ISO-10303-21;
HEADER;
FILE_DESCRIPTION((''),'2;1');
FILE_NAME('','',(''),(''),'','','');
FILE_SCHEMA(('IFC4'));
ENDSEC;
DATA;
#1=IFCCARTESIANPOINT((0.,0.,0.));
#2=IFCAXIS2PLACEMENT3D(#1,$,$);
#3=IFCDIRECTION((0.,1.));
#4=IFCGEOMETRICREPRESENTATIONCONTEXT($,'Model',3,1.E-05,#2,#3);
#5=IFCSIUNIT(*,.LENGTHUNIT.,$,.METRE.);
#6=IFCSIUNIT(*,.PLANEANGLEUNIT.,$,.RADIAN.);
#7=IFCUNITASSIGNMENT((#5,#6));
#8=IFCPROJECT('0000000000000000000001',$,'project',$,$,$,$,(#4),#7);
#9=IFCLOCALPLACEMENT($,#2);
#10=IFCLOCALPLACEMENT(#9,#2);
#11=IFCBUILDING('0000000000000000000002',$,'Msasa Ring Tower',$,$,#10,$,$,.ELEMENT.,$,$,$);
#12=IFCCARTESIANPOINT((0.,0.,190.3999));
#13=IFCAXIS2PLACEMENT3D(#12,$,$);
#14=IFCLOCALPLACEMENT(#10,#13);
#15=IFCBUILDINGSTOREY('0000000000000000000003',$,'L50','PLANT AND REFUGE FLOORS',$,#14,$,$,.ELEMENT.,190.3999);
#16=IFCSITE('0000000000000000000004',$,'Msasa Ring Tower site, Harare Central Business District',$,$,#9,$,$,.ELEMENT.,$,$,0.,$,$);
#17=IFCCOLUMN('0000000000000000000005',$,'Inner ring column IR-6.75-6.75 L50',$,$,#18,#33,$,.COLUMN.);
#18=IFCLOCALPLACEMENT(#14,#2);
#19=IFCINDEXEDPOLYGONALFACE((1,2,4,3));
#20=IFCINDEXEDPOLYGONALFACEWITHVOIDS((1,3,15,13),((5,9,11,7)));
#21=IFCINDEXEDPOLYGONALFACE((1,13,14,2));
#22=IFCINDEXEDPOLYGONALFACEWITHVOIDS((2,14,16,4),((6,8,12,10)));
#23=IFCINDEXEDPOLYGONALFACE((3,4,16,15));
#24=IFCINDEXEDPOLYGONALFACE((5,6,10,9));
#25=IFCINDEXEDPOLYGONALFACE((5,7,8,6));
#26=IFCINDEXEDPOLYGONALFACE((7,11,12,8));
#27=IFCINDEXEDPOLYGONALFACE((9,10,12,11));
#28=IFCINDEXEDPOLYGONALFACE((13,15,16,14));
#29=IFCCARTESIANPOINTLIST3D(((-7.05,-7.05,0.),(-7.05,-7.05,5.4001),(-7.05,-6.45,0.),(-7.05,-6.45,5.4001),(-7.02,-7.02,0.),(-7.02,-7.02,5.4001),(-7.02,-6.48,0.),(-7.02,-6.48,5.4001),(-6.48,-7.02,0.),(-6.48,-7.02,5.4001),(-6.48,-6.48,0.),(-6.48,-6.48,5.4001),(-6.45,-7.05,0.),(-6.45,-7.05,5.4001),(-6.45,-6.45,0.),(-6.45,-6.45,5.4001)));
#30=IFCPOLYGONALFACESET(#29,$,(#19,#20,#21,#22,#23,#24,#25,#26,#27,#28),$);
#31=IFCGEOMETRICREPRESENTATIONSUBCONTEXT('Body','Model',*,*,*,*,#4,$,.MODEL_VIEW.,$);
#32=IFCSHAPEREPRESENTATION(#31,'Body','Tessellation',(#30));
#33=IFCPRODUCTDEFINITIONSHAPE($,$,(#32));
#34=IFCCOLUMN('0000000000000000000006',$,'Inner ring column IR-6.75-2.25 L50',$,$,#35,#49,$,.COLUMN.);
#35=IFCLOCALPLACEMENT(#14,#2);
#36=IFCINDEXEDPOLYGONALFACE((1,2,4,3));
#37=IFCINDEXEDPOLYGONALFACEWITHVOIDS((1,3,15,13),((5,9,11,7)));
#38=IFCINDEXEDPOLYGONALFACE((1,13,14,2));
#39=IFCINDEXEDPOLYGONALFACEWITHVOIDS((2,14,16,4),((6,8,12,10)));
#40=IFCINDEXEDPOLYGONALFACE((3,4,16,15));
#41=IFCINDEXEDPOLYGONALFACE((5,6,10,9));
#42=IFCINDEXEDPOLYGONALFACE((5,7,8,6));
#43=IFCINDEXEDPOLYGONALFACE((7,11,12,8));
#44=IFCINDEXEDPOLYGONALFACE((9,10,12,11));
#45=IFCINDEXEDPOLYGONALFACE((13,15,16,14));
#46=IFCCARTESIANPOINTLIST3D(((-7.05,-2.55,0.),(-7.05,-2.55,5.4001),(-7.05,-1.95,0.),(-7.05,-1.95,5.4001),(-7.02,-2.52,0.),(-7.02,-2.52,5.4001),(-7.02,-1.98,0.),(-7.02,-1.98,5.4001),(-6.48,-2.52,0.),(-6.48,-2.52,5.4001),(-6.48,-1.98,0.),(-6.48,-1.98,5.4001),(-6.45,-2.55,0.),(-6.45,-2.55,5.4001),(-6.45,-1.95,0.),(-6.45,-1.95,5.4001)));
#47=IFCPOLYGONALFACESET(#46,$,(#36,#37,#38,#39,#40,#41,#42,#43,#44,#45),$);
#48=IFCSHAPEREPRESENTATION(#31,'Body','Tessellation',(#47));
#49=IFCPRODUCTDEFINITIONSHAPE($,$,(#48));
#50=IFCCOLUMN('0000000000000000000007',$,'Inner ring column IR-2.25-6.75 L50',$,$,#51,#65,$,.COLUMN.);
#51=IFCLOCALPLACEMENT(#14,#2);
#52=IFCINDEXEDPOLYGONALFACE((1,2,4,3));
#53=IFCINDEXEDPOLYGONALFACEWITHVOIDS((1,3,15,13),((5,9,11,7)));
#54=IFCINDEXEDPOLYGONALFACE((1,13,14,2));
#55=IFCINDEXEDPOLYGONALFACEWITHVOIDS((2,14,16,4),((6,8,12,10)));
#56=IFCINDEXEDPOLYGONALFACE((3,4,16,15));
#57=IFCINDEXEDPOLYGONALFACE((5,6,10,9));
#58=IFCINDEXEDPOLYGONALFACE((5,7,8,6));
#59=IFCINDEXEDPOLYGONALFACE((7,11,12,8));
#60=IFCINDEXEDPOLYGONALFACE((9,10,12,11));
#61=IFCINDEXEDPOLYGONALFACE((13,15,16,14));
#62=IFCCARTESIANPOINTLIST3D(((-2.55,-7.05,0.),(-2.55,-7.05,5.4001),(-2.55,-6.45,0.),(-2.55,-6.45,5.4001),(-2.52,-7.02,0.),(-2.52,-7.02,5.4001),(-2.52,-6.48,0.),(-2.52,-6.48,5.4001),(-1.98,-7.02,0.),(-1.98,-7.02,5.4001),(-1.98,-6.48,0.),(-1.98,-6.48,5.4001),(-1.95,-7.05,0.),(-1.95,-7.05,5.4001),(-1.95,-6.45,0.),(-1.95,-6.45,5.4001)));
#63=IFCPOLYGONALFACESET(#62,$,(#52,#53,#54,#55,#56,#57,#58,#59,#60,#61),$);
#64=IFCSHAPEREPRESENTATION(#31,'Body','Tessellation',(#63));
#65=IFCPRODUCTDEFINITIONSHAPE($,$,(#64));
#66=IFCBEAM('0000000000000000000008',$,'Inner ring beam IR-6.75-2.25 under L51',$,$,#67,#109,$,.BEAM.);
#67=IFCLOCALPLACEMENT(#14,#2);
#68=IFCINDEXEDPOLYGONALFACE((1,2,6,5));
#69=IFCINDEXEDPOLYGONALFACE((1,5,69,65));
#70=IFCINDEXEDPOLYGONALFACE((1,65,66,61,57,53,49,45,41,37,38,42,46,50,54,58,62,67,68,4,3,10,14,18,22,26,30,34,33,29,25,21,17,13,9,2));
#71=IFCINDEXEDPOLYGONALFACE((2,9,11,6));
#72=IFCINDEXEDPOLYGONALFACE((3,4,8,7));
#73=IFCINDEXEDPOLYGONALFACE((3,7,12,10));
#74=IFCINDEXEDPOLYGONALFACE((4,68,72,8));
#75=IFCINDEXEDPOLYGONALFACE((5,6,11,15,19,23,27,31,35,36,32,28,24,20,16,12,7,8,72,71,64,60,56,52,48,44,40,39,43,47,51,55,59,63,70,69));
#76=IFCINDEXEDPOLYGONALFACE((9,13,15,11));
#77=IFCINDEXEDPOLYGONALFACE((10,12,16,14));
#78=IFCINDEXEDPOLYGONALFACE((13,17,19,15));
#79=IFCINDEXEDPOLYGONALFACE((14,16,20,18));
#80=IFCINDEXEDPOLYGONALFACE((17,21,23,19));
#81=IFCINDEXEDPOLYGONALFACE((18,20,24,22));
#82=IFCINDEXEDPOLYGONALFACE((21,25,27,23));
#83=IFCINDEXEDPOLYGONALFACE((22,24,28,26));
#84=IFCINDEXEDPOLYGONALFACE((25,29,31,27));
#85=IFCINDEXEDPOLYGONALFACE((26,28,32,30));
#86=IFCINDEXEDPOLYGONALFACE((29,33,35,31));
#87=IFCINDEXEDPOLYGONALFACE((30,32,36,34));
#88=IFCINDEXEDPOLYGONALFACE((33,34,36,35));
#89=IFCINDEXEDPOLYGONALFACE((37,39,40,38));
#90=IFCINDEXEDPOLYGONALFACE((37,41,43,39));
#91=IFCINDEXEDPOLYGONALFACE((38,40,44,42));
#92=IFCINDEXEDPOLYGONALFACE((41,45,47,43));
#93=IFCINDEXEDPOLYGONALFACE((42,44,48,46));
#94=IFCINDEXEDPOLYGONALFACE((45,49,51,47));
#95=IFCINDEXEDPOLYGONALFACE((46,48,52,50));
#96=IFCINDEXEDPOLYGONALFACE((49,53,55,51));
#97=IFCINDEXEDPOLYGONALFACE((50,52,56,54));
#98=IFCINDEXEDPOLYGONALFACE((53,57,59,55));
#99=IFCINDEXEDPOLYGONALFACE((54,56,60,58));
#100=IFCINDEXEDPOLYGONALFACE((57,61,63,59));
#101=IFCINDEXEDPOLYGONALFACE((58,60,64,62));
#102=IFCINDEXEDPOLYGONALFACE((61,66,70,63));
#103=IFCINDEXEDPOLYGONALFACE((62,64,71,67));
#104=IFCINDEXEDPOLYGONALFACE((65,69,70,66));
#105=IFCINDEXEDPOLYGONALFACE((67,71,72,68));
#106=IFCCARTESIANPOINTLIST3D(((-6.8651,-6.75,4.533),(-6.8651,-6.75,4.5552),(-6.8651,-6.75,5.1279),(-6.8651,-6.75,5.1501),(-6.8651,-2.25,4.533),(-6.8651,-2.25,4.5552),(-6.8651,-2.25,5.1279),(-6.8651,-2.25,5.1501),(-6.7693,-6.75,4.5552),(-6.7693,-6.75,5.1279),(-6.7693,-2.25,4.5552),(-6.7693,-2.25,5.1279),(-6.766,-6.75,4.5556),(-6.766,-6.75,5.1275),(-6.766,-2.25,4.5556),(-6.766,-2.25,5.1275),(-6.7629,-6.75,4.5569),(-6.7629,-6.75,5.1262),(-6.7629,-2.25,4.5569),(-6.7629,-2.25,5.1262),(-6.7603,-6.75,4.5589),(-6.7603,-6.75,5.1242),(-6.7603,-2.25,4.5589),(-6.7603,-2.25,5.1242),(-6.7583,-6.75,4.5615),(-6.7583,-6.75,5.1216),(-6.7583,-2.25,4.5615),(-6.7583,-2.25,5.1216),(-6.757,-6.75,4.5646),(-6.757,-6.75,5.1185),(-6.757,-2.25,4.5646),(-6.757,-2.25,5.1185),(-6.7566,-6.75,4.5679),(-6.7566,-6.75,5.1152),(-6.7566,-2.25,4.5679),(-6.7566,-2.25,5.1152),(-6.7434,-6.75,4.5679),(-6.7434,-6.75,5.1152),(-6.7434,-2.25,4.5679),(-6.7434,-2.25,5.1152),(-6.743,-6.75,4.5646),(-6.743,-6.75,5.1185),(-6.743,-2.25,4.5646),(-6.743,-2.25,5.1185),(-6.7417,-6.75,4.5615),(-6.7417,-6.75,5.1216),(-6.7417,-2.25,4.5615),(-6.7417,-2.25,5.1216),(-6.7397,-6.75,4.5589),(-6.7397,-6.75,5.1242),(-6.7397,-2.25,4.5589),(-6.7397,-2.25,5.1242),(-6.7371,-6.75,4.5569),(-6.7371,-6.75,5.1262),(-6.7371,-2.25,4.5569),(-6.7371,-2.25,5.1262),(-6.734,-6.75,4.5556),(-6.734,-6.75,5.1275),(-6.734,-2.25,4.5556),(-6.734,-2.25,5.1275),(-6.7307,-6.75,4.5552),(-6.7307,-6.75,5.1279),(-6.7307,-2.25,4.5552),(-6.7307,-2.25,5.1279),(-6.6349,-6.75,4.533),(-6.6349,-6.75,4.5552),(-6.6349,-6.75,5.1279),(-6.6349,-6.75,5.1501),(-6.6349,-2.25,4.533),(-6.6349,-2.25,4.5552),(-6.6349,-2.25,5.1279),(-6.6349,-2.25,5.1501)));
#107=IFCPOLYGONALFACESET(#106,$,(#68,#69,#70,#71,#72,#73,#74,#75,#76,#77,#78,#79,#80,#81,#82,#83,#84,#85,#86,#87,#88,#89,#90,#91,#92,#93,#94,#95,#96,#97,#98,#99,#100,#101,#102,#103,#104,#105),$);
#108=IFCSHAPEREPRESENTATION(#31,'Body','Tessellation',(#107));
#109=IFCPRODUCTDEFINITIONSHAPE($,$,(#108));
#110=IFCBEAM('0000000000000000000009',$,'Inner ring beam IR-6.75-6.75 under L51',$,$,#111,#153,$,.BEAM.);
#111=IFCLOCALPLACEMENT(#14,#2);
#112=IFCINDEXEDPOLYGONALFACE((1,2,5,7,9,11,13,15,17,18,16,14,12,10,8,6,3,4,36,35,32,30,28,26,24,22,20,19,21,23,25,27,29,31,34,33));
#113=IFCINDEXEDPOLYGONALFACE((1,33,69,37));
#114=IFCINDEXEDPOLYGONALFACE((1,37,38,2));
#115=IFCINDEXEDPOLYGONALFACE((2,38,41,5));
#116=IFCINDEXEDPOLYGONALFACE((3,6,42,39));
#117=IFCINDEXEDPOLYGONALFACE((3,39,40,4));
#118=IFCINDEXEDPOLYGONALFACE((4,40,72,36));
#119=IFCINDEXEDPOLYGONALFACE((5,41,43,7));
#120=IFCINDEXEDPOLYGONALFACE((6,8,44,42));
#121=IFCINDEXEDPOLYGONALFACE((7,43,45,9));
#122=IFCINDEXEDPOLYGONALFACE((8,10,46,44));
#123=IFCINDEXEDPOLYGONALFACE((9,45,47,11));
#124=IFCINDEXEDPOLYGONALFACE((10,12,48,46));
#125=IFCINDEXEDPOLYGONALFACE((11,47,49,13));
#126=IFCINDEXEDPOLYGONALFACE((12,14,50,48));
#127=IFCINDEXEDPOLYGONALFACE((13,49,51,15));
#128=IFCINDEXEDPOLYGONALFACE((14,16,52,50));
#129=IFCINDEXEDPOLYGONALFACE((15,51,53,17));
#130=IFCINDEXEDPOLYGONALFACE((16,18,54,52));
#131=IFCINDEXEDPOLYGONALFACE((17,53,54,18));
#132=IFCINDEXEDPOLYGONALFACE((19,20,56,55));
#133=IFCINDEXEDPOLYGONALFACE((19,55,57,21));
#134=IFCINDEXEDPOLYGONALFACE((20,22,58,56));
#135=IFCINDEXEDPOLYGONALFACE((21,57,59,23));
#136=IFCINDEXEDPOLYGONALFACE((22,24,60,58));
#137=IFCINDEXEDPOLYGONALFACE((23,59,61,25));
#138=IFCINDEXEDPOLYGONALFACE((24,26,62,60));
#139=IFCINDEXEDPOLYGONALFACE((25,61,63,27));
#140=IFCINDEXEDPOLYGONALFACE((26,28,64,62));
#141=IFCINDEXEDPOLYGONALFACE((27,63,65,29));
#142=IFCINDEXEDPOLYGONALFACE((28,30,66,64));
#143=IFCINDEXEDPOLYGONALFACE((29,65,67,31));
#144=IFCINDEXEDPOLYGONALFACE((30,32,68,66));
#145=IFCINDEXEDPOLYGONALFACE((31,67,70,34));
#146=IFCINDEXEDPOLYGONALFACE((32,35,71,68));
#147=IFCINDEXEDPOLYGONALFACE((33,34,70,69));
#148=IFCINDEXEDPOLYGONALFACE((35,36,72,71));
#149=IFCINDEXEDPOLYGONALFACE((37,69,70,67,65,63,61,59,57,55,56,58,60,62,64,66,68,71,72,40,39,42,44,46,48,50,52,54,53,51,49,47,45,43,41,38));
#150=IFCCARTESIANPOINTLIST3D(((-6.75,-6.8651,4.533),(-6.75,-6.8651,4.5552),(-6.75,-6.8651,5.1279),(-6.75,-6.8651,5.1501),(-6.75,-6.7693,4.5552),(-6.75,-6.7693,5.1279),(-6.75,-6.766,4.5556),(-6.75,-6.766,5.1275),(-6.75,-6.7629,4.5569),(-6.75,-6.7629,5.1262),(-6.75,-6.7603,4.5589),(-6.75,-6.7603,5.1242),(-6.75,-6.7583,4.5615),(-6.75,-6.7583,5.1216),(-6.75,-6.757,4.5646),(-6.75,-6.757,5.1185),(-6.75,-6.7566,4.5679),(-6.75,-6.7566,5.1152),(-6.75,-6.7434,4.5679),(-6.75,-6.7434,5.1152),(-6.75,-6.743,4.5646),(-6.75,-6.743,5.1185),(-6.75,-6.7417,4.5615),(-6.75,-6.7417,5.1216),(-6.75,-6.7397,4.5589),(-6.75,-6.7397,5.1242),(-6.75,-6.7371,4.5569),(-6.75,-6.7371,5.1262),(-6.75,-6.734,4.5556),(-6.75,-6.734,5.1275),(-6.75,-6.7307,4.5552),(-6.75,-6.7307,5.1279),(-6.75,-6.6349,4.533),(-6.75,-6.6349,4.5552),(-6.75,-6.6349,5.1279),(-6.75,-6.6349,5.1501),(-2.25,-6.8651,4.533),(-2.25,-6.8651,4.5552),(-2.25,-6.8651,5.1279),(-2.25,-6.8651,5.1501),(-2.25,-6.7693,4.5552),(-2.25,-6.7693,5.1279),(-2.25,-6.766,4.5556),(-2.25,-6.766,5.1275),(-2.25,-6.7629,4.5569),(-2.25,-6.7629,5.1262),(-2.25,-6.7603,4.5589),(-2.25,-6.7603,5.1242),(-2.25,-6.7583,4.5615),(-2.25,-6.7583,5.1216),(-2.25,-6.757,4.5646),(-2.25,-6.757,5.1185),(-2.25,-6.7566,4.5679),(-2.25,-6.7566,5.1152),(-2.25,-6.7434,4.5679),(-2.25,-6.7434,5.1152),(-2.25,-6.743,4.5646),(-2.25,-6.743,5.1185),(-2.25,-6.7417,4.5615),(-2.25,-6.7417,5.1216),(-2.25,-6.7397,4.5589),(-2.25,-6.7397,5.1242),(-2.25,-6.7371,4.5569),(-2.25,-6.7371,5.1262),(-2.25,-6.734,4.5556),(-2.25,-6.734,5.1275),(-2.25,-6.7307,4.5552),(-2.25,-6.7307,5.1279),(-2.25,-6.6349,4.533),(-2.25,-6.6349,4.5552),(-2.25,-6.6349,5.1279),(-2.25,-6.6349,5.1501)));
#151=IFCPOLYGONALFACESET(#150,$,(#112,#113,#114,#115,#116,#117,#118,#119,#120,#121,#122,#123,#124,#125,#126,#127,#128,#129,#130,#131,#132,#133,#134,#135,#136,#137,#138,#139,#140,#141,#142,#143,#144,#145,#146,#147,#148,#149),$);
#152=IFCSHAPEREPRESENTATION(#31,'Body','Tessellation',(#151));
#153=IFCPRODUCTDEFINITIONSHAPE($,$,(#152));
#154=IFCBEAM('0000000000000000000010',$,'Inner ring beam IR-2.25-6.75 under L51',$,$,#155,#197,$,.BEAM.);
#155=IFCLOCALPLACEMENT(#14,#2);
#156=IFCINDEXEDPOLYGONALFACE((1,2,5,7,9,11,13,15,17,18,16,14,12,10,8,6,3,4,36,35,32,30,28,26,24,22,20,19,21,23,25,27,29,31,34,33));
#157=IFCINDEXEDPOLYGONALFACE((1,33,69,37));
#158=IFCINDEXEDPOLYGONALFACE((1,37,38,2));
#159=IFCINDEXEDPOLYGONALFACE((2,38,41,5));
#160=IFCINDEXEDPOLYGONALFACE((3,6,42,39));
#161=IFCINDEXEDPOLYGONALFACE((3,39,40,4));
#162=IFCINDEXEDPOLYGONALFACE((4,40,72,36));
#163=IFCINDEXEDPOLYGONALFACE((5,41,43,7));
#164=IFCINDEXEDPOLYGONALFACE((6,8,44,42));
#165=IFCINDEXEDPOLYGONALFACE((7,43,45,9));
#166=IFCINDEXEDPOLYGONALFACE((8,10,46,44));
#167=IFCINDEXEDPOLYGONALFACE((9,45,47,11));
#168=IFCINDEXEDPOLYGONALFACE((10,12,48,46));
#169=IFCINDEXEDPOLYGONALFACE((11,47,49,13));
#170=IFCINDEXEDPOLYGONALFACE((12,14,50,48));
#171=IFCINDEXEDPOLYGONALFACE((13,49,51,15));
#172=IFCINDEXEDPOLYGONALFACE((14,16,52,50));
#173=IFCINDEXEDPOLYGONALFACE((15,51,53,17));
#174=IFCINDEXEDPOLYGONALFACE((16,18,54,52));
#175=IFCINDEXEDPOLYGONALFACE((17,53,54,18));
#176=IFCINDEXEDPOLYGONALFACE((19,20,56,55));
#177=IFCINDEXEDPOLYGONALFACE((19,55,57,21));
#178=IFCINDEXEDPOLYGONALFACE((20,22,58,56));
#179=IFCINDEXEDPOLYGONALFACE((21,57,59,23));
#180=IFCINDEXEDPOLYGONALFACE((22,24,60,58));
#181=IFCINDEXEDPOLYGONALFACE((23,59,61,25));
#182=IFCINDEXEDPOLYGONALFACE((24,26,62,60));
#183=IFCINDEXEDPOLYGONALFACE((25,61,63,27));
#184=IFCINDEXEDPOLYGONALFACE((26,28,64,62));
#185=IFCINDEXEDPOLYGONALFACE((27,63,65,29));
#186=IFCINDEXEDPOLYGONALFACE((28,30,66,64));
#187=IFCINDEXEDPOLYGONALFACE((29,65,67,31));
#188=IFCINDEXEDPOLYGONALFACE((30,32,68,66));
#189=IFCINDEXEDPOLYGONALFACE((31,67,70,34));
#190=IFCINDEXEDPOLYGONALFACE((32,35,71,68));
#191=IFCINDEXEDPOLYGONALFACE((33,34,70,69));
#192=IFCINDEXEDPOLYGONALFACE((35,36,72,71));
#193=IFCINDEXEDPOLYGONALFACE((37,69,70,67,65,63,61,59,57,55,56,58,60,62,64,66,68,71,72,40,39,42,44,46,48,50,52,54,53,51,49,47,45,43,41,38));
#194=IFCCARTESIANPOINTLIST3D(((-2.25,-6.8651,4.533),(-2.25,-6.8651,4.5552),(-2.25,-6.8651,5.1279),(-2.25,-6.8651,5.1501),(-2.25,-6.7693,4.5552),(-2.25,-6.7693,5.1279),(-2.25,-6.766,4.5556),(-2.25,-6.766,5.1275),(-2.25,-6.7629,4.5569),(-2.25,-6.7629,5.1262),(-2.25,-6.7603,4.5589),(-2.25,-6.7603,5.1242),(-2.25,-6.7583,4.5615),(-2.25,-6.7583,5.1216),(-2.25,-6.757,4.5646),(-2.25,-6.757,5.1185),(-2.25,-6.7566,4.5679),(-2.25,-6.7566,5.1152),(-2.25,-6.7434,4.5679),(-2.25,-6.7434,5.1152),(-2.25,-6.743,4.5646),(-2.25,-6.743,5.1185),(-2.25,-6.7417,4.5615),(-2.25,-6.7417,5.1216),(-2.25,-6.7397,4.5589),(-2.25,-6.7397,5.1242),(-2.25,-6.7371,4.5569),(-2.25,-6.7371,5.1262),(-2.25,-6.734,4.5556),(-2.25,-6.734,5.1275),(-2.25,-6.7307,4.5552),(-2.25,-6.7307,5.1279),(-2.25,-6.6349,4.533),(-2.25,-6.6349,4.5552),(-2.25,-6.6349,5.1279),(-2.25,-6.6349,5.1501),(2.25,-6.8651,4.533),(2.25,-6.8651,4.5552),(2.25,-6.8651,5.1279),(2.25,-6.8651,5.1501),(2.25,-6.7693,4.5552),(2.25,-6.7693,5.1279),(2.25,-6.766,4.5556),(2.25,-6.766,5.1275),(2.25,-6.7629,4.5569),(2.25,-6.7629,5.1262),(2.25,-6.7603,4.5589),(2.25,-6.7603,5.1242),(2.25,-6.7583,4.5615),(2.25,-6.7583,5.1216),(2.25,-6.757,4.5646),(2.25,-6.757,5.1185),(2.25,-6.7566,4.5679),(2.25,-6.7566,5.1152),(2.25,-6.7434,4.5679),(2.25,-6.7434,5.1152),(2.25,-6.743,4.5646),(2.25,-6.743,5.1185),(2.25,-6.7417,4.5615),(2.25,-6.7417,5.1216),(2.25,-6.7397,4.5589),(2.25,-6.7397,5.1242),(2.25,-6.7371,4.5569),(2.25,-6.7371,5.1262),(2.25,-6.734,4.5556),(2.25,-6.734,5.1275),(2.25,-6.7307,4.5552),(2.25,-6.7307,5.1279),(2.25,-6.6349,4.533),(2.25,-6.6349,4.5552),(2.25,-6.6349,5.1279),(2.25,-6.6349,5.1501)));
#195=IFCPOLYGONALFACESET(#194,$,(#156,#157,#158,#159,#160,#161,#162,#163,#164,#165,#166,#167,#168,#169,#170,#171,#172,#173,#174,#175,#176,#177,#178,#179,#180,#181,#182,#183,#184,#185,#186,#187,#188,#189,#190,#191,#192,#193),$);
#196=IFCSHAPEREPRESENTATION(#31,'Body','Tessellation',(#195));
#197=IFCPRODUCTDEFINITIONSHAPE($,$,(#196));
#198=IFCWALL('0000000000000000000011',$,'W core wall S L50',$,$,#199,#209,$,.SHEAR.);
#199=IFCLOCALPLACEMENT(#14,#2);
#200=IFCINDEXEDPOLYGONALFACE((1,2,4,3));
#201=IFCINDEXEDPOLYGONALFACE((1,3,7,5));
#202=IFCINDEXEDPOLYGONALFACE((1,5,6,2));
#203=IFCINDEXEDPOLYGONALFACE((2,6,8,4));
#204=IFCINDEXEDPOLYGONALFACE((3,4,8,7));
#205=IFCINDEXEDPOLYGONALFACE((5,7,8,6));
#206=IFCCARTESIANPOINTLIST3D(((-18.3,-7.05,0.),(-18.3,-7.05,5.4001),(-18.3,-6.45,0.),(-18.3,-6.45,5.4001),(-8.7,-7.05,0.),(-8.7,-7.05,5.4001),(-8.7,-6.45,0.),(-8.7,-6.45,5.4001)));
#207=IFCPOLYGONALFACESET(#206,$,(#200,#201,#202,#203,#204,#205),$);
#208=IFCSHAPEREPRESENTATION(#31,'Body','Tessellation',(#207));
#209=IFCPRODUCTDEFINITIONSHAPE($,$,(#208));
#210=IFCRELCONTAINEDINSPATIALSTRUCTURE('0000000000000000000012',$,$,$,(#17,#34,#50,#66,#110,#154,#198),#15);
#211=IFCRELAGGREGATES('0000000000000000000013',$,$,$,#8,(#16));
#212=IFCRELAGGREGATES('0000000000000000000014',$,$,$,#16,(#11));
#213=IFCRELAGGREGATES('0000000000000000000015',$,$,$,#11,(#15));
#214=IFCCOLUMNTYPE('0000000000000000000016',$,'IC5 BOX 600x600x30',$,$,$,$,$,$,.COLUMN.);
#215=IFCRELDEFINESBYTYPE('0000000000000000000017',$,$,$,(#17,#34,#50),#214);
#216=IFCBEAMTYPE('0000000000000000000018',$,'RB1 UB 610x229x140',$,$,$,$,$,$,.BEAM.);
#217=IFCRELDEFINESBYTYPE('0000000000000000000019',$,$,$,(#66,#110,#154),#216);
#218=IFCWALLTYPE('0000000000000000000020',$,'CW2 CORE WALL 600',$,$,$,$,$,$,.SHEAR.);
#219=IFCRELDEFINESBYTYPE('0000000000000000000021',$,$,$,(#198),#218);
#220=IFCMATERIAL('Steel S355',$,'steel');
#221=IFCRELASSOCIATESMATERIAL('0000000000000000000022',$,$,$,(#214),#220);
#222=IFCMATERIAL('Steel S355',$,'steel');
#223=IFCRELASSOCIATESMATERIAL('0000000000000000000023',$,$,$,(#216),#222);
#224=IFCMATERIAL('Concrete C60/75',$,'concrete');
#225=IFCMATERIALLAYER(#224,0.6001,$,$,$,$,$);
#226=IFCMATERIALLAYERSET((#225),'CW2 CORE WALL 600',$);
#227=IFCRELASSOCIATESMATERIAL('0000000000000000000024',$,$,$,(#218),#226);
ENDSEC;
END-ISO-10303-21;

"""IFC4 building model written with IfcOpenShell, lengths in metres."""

from ifc_helpers import new_model, si_unit, direction, frame, frame_2d, origin, origin_2d, place, context, subcontext, project, spatial, rectangle, hollow_rectangle, i_section, extrude, material, layer, layer_set, material_profile, profile_set, type_object, element, save


model = new_model("IFC4")

# Units and contexts
model_context = context("Model", 3, precision=1e-05, world=origin(), true_north=direction((0.0, 1.0)))
body_context = subcontext(model_context, "Body", "Model", "MODEL_VIEW")
ifc_project = project(units=[si_unit("LENGTHUNIT", "METRE"), si_unit("PLANEANGLEUNIT", "RADIAN")], contexts=[model_context])

# Site, building, storey
site_placement = place(None, origin())
site = spatial("IfcSite", under=ifc_project, at=site_placement, Name="Msasa Ring Tower site, Harare Central Business District", CompositionType="ELEMENT", RefElevation=0.0)
building_placement = place(site_placement, origin())
building = spatial("IfcBuilding", under=site, at=building_placement, Name="Msasa Ring Tower", CompositionType="ELEMENT")
storey_placement = place(building_placement, frame((0.0, 0.0, 190.3999)))
storey = spatial("IfcBuildingStorey", under=building, at=storey_placement, Name="L50", Description="PLANT AND REFUGE FLOORS", CompositionType="ELEMENT", Elevation=190.3999)

# Columns
ifc_material_1 = material(Name="Steel S355", Category="steel")
ifc_material_profile_1 = material_profile(ifc_material_1, hollow_rectangle(XDim=0.6001, YDim=0.6001, WallThickness=0.03, at=origin_2d()), Name="BOX 600x600x30")
ifc_profile_set_1 = profile_set([ifc_material_profile_1], Name="Steel S355")
column_type = type_object("IfcColumnType", Name="IC5 BOX 600x600x30", PredefinedType="COLUMN", material=ifc_profile_set_1)
for number, where, z_axis, x_axis, name in (
    (1, (-6.75, -6.75, 0.0), (0.0, 0.0, 1.0), (1.0, 0.0, 0.0), "Inner ring column IR-6.75-6.75 L50"),
    (2, (-6.75, -2.25, 0.0), (0.0, 0.0, 1.0), (1.0, 0.0, 0.0), "Inner ring column IR-6.75-2.25 L50"),
    (3, (-2.25, -6.75, 0.0), (0.0, 0.0, 1.0), (1.0, 0.0, 0.0), "Inner ring column IR-2.25-6.75 L50"),
):
    element("IfcColumn", number, at=place(storey_placement, frame(where, z_axis=z_axis, x_axis=x_axis)), inside=storey, type_object=column_type, Name=name, PredefinedType="COLUMN", context=body_context, shape_type="SweptSolid", body=[
        extrude(hollow_rectangle(XDim=0.6001, YDim=0.6001, WallThickness=0.03, at=origin_2d()), origin(), (0.0, 0.0, 1.0), 5.4001),
    ])

# Beams
ifc_material_2 = material(Name="Steel S355", Category="steel")
ifc_material_profile_2 = material_profile(ifc_material_2, i_section(OverallWidth=0.2302, OverallDepth=0.6172, WebThickness=0.0132, FlangeThickness=0.0222, FilletRadius=0.0127, at=origin_2d()), Name="UB 610x229x140")
ifc_profile_set_2 = profile_set([ifc_material_profile_2], Name="Steel S355")
beam_type = type_object("IfcBeamType", Name="RB1 UB 610x229x140", PredefinedType="BEAM", material=ifc_profile_set_2)
for number, where, z_axis, x_axis, name in (
    (4, (-6.75, -2.25, 4.8416), (0.0, -1.0, 0.0), (1.0, 0.0, 0.0), "Inner ring beam IR-6.75-2.25 under L51"),
    (5, (-6.75, -6.75, 4.8416), (1.0, 0.0, 0.0), (0.0, 1.0, 0.0), "Inner ring beam IR-6.75-6.75 under L51"),
    (6, (-2.25, -6.75, 4.8416), (1.0, 0.0, 0.0), (0.0, 1.0, 0.0), "Inner ring beam IR-2.25-6.75 under L51"),
):
    element("IfcBeam", number, at=place(storey_placement, frame(where, z_axis=z_axis, x_axis=x_axis)), inside=storey, type_object=beam_type, Name=name, PredefinedType="BEAM", context=body_context, shape_type="SweptSolid", body=[
        extrude(i_section(OverallWidth=0.2302, OverallDepth=0.6172, WebThickness=0.0132, FlangeThickness=0.0222, FilletRadius=0.0127, at=origin_2d()), origin(), (0.0, 0.0, 1.0), 4.5),
    ])

# Wall
ifc_material_3 = material(Name="Concrete C60/75", Category="concrete")
ifc_layer_1 = layer(ifc_material_3, 0.6001)
ifc_layer_set_1 = layer_set([ifc_layer_1], Name="CW2 CORE WALL 600")
wall_type_1 = type_object("IfcWallType", Name="CW2 CORE WALL 600", PredefinedType="SHEAR", material=ifc_layer_set_1)
wall_1_placement = place(storey_placement, frame((-8.7, -6.75, 0.0), z_axis=(0.0, 0.0, 1.0), x_axis=(-1.0, 0.0, 0.0)))
element("IfcWall", 7, at=wall_1_placement, inside=storey, type_object=wall_type_1, Name="W core wall S L50", PredefinedType="SHEAR", context=body_context, shape_type="SweptSolid", body=[
    extrude(rectangle(XDim=9.6001, YDim=0.6001, at=frame_2d((4.8, 0.0))), origin(), (0.0, 0.0, 1.0), 5.4001),
])

save(model, "model.ifc")
